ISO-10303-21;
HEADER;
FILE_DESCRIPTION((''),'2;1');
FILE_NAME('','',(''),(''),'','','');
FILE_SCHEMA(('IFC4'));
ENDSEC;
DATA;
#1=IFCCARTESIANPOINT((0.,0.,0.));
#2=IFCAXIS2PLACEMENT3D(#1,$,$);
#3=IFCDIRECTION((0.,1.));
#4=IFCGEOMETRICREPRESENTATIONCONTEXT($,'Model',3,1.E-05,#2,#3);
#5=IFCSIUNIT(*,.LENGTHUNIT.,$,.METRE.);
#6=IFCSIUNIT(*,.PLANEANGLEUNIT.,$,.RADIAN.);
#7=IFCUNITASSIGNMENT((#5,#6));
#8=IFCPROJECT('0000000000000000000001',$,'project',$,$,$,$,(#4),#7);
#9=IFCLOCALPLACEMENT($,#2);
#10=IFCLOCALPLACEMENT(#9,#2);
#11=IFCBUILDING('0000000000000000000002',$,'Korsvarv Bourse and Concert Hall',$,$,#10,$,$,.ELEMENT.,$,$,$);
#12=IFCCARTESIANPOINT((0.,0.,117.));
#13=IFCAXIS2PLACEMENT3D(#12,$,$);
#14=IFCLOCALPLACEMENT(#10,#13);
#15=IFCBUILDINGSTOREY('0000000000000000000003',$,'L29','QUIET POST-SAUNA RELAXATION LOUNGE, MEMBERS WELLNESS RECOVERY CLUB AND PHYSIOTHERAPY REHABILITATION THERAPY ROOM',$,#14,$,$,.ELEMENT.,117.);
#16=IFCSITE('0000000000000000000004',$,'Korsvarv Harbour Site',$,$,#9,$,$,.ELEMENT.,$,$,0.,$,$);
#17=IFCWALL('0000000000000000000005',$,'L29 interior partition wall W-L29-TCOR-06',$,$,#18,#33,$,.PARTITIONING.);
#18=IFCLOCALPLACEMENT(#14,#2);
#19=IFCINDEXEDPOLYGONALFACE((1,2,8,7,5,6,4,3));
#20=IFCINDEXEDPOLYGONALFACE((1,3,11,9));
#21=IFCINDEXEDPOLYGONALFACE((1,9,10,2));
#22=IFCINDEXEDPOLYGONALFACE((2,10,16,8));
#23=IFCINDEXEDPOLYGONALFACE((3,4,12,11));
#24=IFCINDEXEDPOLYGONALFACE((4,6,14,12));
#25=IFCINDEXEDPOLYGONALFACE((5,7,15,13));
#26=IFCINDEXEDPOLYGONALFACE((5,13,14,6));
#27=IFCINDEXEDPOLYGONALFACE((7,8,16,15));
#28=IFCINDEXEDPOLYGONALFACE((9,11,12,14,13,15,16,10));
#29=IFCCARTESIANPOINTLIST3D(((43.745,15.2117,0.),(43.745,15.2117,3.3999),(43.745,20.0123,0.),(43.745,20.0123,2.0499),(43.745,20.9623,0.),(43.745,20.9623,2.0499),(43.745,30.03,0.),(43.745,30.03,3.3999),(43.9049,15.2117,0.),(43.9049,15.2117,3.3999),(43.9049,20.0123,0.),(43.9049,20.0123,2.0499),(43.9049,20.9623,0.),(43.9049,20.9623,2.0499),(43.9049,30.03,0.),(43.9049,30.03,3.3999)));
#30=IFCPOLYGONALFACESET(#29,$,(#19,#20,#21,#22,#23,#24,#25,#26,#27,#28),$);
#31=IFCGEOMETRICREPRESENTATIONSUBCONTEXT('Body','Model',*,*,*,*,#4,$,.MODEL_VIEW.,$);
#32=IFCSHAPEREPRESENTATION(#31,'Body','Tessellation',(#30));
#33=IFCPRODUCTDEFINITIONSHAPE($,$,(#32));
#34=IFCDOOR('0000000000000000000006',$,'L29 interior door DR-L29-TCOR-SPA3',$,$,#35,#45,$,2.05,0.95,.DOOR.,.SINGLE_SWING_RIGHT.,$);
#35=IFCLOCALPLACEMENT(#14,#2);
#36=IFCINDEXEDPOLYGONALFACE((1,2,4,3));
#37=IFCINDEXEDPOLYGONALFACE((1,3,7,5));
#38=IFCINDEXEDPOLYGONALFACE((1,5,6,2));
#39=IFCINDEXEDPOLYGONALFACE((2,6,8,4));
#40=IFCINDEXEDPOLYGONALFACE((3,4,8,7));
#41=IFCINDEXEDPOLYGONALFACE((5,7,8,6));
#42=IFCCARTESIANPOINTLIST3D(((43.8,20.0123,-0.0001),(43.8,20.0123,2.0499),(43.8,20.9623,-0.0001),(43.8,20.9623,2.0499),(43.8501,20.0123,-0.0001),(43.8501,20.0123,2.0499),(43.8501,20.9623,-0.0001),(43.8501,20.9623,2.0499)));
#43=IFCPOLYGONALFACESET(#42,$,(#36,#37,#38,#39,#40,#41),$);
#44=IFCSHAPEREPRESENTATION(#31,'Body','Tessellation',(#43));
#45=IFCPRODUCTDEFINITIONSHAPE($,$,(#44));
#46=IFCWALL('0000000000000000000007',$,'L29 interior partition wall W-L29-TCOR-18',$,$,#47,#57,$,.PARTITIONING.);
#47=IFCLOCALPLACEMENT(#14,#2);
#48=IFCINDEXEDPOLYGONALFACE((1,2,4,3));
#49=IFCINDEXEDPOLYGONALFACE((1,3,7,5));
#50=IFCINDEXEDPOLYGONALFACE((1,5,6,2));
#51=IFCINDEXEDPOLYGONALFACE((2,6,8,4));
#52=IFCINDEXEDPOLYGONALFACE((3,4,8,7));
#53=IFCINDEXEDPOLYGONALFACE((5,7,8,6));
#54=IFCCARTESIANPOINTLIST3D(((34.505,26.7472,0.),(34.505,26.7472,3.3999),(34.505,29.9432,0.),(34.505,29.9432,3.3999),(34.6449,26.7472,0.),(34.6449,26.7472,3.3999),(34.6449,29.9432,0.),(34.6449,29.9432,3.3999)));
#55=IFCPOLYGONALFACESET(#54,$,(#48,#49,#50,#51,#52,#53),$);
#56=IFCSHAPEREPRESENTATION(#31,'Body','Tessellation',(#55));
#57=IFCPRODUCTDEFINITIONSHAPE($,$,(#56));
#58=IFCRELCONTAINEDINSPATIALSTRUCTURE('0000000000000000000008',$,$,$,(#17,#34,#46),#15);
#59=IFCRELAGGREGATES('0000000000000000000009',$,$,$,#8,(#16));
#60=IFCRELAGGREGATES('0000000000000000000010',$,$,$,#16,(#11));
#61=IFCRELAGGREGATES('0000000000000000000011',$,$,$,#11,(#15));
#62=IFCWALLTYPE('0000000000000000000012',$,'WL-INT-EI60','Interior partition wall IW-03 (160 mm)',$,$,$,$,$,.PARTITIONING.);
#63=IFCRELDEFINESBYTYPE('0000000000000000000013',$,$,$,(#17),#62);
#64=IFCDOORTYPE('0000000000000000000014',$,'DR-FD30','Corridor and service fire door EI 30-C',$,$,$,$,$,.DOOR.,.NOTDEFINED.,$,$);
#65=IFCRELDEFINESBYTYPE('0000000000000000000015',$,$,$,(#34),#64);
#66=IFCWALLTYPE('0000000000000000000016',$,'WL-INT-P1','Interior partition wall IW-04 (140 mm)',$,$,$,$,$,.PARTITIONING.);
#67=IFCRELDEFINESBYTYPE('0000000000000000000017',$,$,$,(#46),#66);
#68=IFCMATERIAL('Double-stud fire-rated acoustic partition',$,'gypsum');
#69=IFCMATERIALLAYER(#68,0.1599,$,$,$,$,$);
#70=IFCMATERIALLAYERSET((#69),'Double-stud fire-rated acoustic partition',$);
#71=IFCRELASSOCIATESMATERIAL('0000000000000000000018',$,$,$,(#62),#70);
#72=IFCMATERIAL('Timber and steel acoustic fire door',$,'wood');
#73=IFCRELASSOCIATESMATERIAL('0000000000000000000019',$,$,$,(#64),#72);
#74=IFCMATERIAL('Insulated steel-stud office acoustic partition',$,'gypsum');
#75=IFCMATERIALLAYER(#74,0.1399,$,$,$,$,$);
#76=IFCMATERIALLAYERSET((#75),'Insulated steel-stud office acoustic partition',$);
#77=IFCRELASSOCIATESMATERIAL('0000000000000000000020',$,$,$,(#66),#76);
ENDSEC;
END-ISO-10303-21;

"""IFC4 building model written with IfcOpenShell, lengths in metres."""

from ifc_helpers import new_model, si_unit, direction, frame, frame_2d, origin, place, context, subcontext, project, spatial, rectangle, extrude, material, layer, layer_set, type_object, element, fill, save


model = new_model("IFC4")

# Units and contexts
model_context = context("Model", 3, precision=1e-05, world=origin(), true_north=direction((0.0, 1.0)))
body_context = subcontext(model_context, "Body", "Model", "MODEL_VIEW")
ifc_project = project(units=[si_unit("LENGTHUNIT", "METRE"), si_unit("PLANEANGLEUNIT", "RADIAN")], contexts=[model_context])

# Site, building, storey
site_placement = place(None, origin())
site = spatial("IfcSite", under=ifc_project, at=site_placement, Name="Korsvarv Harbour Site", CompositionType="ELEMENT", RefElevation=0.0)
building_placement = place(site_placement, origin())
building = spatial("IfcBuilding", under=site, at=building_placement, Name="Korsvarv Bourse and Concert Hall", CompositionType="ELEMENT")
storey_placement = place(building_placement, frame((0.0, 0.0, 117.0)))
storey = spatial("IfcBuildingStorey", under=building, at=storey_placement, Name="L29", Description="QUIET POST-SAUNA RELAXATION LOUNGE, MEMBERS WELLNESS RECOVERY CLUB AND PHYSIOTHERAPY REHABILITATION THERAPY ROOM", CompositionType="ELEMENT", Elevation=117.0)

# Shared definitions
ifc_material_1 = material(Name="Double-stud fire-rated acoustic partition", Category="gypsum")
ifc_layer_1 = layer(ifc_material_1, 0.1599)
ifc_layer_set_1 = layer_set([ifc_layer_1], Name="Double-stud fire-rated acoustic partition")
wall_type_1 = type_object("IfcWallType", Name="WL-INT-EI60", Description="Interior partition wall IW-03 (160 mm)", PredefinedType="PARTITIONING", material=ifc_layer_set_1)

# Wall, opening, door
wall_1_placement = place(storey_placement, frame((43.825, 15.2117, 0.0), z_axis=(0.0, 0.0, 1.0), x_axis=(0.0, 1.0, 0.0)))
wall_1 = element("IfcWall", 1, at=wall_1_placement, inside=storey, type_object=wall_type_1, Name="L29 interior partition wall W-L29-TCOR-06", PredefinedType="PARTITIONING", context=body_context, shape_type="SweptSolid", body=[
    extrude(rectangle(XDim=14.8184, YDim=0.1599, at=frame_2d((7.4092, 0.0))), origin(), (0.0, 0.0, 1.0), 3.3999),
])
opening_placement = place(wall_1_placement, frame((4.8005, 0.0, 0.0)))
opening = element("IfcOpeningElement", 2, at=opening_placement, cuts=wall_1, PredefinedType="OPENING", context=body_context, shape_type="SweptSolid", body=[
    extrude(rectangle(XDim=0.95, YDim=2.05, at=frame_2d((0.4751, 1.0249))), frame((0.0, 0.0898, 0.0), z_axis=(0.0, -1.0, 0.0), x_axis=(1.0, 0.0, 0.0)), (0.0, 0.0, 1.0), 0.1799),
])
ifc_material_2 = material(Name="Timber and steel acoustic fire door", Category="wood")
door_type = type_object("IfcDoorType", Name="DR-FD30", Description="Corridor and service fire door EI 30-C", OperationType="NOTDEFINED", PredefinedType="DOOR", material=ifc_material_2)
door_placement = place(opening_placement, origin())
door = element("IfcDoor", 3, at=door_placement, inside=storey, type_object=door_type, Name="L29 interior door DR-L29-TCOR-SPA3", OperationType="SINGLE_SWING_RIGHT", OverallHeight=2.05, OverallWidth=0.95, PredefinedType="DOOR", context=body_context, shape_type="SweptSolid", body=[
    extrude(rectangle(XDim=0.95, YDim=2.05, at=frame_2d((0.4751, 1.0249))), frame((0.0, 0.0249, 0.0), z_axis=(0.0, -1.0, 0.0), x_axis=(1.0, 0.0, 0.0)), (0.0, 0.0, 1.0), 0.05),
])
fill(opening, door)

# Wall
ifc_material_3 = material(Name="Insulated steel-stud office acoustic partition", Category="gypsum")
ifc_layer_2 = layer(ifc_material_3, 0.1399)
ifc_layer_set_2 = layer_set([ifc_layer_2], Name="Insulated steel-stud office acoustic partition")
wall_type_2 = type_object("IfcWallType", Name="WL-INT-P1", Description="Interior partition wall IW-04 (140 mm)", PredefinedType="PARTITIONING", material=ifc_layer_set_2)
wall_2_placement = place(storey_placement, frame((34.575, 26.7471, 0.0), z_axis=(0.0, 0.0, 1.0), x_axis=(0.0, 1.0, 0.0)))
element("IfcWall", 4, at=wall_2_placement, inside=storey, type_object=wall_type_2, Name="L29 interior partition wall W-L29-TCOR-18", PredefinedType="PARTITIONING", context=body_context, shape_type="SweptSolid", body=[
    extrude(rectangle(XDim=3.196, YDim=0.1399, at=frame_2d((1.5981, 0.0))), origin(), (0.0, 0.0, 1.0), 3.3999),
])

save(model, "model.ifc")
